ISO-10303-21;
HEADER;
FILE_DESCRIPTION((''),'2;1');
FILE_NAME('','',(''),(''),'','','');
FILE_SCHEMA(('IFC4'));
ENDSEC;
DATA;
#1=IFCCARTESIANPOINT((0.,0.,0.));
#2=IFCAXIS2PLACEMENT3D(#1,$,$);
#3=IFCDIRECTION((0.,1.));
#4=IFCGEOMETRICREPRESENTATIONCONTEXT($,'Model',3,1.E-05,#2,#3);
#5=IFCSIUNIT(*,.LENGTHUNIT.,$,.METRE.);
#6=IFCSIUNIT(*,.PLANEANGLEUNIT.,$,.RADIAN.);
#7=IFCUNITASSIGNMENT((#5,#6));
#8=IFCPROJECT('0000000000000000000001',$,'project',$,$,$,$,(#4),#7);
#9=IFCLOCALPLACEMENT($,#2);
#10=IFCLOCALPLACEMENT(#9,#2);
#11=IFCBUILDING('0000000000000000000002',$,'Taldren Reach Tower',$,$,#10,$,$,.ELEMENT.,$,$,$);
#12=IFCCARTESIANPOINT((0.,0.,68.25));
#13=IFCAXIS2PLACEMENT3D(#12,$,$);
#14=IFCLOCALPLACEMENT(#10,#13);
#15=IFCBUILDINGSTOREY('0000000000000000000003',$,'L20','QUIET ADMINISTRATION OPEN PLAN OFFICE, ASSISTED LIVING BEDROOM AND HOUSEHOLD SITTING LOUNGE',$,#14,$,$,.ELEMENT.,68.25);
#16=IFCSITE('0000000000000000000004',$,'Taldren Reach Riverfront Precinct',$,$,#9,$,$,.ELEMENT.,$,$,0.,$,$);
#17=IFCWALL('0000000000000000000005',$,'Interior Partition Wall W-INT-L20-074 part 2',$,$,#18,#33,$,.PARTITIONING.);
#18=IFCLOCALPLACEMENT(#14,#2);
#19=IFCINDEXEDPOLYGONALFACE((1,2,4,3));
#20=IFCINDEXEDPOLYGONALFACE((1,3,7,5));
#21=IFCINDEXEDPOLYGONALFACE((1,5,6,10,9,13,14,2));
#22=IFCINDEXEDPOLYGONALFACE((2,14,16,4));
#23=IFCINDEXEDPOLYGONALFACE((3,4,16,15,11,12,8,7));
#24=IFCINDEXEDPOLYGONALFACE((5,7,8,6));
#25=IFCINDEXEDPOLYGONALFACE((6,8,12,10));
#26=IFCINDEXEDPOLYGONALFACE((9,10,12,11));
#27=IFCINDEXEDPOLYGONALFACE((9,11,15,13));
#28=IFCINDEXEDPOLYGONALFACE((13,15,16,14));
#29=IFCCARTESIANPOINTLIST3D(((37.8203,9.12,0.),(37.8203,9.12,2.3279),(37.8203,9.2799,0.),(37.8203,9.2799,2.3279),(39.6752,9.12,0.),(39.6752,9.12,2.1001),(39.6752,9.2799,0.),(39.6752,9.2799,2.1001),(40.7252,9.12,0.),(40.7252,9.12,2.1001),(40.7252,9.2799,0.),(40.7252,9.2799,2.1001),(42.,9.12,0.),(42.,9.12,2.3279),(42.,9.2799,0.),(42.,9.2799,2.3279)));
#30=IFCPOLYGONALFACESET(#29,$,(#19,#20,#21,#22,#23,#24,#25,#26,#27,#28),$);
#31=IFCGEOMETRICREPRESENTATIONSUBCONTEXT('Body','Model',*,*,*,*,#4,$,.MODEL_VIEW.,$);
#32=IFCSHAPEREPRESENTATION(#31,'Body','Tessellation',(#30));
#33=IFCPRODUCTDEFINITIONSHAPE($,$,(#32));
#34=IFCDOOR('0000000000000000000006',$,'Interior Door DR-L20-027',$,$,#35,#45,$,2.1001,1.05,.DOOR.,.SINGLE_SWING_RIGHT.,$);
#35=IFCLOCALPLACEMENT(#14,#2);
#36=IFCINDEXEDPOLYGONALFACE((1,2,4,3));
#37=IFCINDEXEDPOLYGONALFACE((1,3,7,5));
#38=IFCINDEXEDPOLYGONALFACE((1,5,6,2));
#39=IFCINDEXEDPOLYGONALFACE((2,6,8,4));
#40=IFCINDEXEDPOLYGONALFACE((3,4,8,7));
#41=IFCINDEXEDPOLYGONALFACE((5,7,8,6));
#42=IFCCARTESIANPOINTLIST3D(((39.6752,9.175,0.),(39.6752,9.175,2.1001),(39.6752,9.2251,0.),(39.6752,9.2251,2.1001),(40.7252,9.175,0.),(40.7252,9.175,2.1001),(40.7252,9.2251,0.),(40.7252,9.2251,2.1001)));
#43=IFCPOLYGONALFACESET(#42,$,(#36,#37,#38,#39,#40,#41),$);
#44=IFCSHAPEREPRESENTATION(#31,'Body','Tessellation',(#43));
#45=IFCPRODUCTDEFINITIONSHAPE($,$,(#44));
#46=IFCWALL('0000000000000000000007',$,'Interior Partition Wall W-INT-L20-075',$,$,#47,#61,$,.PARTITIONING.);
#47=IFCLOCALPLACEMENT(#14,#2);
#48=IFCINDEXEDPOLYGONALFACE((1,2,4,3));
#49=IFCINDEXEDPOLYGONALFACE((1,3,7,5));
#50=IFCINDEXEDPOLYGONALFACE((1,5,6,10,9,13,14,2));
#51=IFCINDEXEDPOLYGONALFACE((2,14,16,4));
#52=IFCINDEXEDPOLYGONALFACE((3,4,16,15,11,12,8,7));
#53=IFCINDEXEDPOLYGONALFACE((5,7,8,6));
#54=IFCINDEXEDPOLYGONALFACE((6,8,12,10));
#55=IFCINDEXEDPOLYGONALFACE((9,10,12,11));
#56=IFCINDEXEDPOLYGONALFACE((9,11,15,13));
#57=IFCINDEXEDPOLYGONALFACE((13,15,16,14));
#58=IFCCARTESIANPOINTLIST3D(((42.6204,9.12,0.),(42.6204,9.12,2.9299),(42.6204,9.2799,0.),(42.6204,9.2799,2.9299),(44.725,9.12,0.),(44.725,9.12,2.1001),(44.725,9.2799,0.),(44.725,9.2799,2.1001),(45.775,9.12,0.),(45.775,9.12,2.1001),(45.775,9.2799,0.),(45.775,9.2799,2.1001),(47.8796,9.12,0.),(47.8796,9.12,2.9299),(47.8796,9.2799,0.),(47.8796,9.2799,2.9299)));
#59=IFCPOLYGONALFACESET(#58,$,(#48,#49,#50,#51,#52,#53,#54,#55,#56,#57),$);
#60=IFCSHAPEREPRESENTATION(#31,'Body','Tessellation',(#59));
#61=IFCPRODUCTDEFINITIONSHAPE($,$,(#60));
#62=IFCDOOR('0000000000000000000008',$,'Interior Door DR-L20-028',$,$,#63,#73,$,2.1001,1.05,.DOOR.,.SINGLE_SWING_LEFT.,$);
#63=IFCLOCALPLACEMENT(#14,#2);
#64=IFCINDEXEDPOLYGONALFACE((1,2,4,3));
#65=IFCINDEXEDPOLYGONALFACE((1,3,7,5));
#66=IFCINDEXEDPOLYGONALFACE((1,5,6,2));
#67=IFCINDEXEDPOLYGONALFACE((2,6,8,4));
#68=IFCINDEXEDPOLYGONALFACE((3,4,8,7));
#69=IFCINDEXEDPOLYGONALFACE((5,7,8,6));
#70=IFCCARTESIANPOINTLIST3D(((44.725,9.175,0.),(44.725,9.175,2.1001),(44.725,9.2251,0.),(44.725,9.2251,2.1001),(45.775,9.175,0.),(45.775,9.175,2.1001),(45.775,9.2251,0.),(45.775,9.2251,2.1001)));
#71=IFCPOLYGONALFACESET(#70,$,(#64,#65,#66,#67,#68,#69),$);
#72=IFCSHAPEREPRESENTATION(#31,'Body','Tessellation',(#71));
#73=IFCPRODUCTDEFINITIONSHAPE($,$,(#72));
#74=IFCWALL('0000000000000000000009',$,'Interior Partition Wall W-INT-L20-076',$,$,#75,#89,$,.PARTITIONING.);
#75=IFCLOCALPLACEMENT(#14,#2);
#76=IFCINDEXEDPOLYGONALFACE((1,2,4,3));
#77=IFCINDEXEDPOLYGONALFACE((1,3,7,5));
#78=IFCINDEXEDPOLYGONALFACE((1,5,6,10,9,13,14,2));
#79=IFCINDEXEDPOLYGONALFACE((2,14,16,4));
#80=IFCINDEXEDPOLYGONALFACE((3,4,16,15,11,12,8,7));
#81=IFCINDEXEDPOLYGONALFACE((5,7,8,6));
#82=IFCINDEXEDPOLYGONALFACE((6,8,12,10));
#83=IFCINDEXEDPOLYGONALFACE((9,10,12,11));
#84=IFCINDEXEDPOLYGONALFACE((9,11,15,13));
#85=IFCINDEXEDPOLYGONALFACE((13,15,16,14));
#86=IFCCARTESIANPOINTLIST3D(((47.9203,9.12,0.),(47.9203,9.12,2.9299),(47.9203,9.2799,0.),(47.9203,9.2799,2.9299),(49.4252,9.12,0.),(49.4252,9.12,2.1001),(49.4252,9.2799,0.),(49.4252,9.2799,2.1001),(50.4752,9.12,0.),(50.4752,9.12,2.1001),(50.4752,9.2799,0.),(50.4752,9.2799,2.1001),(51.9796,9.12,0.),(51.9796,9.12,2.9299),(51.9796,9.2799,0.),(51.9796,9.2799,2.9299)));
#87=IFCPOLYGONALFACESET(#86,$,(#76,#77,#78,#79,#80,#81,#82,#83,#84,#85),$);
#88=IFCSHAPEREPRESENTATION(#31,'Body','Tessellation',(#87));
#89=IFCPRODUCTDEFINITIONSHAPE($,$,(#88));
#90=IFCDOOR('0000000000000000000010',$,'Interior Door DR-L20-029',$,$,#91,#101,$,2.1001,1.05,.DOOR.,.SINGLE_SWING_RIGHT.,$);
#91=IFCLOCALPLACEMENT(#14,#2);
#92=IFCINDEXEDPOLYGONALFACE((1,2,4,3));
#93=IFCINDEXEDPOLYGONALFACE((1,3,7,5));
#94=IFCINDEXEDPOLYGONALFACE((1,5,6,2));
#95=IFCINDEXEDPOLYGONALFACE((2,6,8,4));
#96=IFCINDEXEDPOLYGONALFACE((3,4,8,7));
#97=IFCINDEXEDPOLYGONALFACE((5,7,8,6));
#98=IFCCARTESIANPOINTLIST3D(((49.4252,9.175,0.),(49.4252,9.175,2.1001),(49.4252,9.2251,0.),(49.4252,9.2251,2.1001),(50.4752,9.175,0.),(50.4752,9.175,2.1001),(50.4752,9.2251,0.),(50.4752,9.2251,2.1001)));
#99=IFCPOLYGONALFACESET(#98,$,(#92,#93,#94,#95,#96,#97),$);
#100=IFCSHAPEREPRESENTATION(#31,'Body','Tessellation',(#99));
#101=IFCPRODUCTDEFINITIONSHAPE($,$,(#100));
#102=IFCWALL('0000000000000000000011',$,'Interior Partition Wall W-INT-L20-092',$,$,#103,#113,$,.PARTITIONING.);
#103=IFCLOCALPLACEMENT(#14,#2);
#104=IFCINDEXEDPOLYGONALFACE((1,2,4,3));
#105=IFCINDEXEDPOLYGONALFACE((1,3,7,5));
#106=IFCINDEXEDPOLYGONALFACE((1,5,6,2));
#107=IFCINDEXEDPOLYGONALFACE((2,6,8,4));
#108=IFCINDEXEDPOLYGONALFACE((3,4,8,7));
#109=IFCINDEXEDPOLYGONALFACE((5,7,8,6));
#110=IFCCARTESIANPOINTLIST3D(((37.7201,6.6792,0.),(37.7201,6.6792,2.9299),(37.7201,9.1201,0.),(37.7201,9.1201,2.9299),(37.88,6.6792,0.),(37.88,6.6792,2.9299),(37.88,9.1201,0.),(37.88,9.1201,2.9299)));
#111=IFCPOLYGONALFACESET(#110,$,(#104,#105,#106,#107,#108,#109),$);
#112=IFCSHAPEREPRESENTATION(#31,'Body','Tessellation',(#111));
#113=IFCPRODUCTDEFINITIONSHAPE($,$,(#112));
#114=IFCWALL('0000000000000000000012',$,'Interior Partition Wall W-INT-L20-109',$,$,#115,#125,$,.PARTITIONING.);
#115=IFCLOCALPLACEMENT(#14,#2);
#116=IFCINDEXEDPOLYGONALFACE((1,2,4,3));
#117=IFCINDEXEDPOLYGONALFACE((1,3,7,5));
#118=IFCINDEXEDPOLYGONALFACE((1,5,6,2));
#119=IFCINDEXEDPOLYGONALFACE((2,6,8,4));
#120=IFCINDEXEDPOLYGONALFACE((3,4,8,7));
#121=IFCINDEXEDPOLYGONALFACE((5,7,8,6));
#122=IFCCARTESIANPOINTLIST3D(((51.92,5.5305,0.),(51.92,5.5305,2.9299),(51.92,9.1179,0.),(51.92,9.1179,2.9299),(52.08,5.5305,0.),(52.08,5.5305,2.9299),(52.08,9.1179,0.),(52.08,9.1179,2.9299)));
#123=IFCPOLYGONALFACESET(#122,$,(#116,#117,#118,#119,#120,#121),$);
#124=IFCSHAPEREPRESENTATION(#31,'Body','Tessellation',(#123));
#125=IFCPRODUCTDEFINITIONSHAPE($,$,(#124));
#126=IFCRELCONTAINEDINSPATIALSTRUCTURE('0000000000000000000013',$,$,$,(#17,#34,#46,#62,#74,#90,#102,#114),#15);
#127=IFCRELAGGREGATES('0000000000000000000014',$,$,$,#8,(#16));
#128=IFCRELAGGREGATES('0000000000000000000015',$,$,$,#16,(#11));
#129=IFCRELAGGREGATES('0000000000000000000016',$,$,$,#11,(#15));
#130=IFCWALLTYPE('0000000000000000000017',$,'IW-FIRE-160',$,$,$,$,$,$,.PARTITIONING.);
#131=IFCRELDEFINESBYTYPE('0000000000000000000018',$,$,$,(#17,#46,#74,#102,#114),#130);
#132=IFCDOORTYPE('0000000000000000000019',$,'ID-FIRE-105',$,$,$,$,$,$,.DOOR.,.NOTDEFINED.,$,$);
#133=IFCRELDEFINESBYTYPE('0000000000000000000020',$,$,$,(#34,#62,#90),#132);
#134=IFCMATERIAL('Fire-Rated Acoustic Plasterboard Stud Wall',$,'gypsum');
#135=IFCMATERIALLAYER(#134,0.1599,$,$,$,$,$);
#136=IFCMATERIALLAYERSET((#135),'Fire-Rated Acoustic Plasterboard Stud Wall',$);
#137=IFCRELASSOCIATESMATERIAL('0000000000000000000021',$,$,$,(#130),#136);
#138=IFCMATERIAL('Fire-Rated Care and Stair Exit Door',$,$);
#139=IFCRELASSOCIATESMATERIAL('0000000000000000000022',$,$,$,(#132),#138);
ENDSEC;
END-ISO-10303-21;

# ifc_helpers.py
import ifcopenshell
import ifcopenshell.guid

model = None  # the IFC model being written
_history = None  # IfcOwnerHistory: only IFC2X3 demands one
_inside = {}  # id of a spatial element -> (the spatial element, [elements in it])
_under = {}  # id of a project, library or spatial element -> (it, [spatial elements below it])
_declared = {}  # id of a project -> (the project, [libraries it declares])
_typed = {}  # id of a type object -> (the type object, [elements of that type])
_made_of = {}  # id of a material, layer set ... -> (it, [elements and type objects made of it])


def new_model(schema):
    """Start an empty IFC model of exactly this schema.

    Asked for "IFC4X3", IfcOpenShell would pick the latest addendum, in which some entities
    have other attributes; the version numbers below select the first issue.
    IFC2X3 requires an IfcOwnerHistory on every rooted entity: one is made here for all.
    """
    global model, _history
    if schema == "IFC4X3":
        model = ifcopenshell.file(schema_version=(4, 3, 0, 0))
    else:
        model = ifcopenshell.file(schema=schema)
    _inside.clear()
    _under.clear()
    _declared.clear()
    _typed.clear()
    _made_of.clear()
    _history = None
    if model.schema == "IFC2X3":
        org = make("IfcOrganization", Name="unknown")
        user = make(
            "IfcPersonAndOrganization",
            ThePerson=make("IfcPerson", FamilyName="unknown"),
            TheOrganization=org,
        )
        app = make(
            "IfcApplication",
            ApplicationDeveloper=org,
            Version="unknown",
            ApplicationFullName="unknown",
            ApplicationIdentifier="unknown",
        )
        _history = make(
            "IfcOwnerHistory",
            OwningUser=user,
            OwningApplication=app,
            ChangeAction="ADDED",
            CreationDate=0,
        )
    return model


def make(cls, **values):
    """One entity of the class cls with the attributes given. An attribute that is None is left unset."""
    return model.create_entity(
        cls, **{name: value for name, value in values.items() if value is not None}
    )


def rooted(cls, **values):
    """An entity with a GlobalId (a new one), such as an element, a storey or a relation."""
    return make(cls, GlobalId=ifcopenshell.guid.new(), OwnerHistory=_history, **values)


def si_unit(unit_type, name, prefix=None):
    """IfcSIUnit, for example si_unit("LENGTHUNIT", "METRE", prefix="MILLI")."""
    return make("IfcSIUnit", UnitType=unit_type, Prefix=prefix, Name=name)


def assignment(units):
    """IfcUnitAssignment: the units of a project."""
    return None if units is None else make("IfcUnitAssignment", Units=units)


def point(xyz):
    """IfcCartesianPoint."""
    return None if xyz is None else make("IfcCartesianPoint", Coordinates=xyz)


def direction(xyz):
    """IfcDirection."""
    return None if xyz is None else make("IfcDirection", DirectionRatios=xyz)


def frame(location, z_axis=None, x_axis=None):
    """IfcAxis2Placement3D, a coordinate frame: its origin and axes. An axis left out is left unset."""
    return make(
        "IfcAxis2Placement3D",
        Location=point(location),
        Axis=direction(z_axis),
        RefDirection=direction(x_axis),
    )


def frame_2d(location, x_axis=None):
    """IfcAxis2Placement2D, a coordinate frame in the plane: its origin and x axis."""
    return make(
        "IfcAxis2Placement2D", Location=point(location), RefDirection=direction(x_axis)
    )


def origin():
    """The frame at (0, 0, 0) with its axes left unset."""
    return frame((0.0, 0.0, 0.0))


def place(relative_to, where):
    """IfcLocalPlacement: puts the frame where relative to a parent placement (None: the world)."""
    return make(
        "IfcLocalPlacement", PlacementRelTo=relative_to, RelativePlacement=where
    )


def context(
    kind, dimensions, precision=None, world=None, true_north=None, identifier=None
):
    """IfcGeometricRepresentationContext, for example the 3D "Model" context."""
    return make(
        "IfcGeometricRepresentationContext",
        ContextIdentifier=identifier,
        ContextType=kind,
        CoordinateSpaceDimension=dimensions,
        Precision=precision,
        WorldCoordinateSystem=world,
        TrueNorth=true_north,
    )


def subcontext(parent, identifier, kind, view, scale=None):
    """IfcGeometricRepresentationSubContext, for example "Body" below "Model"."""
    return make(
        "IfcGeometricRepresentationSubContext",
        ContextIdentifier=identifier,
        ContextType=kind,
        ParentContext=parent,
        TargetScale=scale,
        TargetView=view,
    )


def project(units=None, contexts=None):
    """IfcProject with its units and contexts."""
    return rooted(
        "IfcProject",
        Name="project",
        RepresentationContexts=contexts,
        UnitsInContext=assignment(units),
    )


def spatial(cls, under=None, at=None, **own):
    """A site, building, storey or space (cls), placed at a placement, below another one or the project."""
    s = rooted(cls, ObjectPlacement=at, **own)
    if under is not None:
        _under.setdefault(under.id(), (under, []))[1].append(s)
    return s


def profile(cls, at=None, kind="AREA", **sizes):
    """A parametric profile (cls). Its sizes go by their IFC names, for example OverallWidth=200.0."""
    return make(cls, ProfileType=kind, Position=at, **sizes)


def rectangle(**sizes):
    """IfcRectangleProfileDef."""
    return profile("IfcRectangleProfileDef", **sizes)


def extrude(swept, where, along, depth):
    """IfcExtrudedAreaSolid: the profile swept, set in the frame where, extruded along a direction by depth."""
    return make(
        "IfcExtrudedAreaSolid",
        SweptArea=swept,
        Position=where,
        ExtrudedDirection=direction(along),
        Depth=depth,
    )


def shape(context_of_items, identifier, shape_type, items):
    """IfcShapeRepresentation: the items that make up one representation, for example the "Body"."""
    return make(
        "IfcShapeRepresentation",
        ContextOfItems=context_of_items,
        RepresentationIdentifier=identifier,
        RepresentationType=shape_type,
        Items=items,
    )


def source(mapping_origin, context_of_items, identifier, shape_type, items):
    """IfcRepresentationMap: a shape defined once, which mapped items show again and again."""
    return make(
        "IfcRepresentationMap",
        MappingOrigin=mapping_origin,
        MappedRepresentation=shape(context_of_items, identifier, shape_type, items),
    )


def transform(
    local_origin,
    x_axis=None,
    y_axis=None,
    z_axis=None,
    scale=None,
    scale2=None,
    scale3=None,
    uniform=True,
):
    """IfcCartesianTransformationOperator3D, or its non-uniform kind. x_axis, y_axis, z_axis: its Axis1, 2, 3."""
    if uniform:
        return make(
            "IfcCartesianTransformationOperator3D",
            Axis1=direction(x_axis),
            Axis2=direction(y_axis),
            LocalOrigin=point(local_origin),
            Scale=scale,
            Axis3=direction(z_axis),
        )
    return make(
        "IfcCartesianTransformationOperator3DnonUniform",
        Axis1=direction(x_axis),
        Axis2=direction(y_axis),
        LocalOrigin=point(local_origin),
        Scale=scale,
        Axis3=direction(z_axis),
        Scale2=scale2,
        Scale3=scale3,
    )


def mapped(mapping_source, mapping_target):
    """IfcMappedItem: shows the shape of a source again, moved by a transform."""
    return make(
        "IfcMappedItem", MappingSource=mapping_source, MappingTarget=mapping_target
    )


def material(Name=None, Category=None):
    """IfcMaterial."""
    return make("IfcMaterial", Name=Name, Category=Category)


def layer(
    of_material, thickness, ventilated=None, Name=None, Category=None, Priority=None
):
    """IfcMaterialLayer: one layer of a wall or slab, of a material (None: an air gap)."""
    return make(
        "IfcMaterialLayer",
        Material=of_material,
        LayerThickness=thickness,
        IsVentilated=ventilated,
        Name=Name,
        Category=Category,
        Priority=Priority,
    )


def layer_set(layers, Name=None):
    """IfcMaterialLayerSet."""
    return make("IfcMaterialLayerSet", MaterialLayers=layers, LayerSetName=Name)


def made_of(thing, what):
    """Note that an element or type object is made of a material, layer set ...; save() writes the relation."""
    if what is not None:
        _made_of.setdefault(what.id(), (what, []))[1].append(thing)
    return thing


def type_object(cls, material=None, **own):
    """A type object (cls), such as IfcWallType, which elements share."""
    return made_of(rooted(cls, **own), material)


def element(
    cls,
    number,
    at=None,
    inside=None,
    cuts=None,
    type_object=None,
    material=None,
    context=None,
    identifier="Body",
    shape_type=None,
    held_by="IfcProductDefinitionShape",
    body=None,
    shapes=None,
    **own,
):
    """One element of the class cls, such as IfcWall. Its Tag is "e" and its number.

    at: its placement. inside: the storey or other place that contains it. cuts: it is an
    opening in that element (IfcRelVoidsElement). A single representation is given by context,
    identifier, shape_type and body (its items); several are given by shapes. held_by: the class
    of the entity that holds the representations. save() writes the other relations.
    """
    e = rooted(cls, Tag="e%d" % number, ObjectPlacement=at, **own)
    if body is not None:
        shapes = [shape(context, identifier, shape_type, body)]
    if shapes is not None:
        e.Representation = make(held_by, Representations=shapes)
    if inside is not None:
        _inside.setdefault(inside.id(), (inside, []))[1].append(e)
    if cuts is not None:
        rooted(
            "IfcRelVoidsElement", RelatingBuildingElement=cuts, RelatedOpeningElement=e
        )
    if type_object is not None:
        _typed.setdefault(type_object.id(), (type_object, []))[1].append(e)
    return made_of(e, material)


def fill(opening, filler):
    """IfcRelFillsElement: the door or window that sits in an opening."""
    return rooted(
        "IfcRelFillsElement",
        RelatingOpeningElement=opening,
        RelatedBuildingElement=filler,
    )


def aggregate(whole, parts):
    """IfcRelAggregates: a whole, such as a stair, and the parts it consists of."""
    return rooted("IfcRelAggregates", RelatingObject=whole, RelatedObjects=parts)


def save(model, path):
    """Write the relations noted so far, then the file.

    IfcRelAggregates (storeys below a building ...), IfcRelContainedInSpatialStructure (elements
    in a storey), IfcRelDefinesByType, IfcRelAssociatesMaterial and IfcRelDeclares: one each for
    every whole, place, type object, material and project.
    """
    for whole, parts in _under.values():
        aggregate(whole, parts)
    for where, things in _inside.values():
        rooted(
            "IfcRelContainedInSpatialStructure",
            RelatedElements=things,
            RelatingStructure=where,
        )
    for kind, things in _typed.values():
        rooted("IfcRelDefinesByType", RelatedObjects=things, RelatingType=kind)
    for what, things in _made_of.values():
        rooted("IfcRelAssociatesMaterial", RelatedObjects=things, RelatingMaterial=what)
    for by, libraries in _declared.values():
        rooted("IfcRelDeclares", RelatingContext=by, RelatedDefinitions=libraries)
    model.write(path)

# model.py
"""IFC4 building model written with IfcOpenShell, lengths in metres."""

from ifc_helpers import new_model, si_unit, direction, frame, frame_2d, origin, place, context, subcontext, project, spatial, rectangle, extrude, source, transform, mapped, material, layer, layer_set, type_object, element, fill, save


model = new_model("IFC4")

# Units and contexts
model_context = context("Model", 3, precision=1e-05, world=origin(), true_north=direction((0.0, 1.0)))
body_context = subcontext(model_context, "Body", "Model", "MODEL_VIEW")
ifc_project = project(units=[si_unit("LENGTHUNIT", "METRE"), si_unit("PLANEANGLEUNIT", "RADIAN")], contexts=[model_context])

# Site, building, storey
site_placement = place(None, origin())
site = spatial("IfcSite", under=ifc_project, at=site_placement, Name="Taldren Reach Riverfront Precinct", CompositionType="ELEMENT", RefElevation=0.0)
building_placement = place(site_placement, origin())
building = spatial("IfcBuilding", under=site, at=building_placement, Name="Taldren Reach Tower", CompositionType="ELEMENT")
storey_placement = place(building_placement, frame((0.0, 0.0, 68.25)))
storey = spatial("IfcBuildingStorey", under=building, at=storey_placement, Name="L20", Description="QUIET ADMINISTRATION OPEN PLAN OFFICE, ASSISTED LIVING BEDROOM AND HOUSEHOLD SITTING LOUNGE", CompositionType="ELEMENT", Elevation=68.25)

# Shared definitions
ifc_material_1 = material(Name="Fire-Rated Acoustic Plasterboard Stud Wall", Category="gypsum")
ifc_layer_1 = layer(ifc_material_1, 0.1599)
ifc_layer_set_1 = layer_set([ifc_layer_1], Name="Fire-Rated Acoustic Plasterboard Stud Wall")
wall_type_1 = type_object("IfcWallType", Name="IW-FIRE-160", PredefinedType="PARTITIONING", material=ifc_layer_set_1)
shared_shape_1 = source(origin(), body_context, "Body", "SweptSolid", [
    extrude(rectangle(XDim=1.05, YDim=2.1001, at=frame_2d((0.5249, 1.05))), frame((0.0, 0.0898, 0.0), z_axis=(0.0, -1.0, 0.0), x_axis=(1.0, 0.0, 0.0)), (0.0, 0.0, 1.0), 0.1799),
])
ifc_material_2 = material(Name="Fire-Rated Care and Stair Exit Door")
door_type_1 = type_object("IfcDoorType", Name="ID-FIRE-105", OperationType="NOTDEFINED", PredefinedType="DOOR", material=ifc_material_2)
shared_shape_2 = source(origin(), body_context, "Body", "SweptSolid", [
    extrude(rectangle(XDim=1.05, YDim=2.1001, at=frame_2d((0.5249, 1.05))), frame((0.0, 0.0249, 0.0), z_axis=(0.0, -1.0, 0.0), x_axis=(1.0, 0.0, 0.0)), (0.0, 0.0, 1.0), 0.05),
])

# Walls, openings, doors
shared_shape_3 = source(origin(), body_context, "Body", "SweptSolid", [
    extrude(rectangle(XDim=4.1797, YDim=0.1599, at=frame_2d((2.0898, 0.0))), origin(), (0.0, 0.0, 1.0), 2.3279),
])
wall_1_placement = place(storey_placement, frame((42.0, 9.2, 0.0), z_axis=(0.0, 0.0, 1.0), x_axis=(-1.0, 0.0, 0.0)))
wall_1 = element("IfcWall", 1, at=wall_1_placement, inside=storey, type_object=wall_type_1, Name="Interior Partition Wall W-INT-L20-074 part 2", PredefinedType="PARTITIONING", context=body_context, shape_type="MappedRepresentation", body=[
    mapped(shared_shape_3, transform((0.0, 0.0, 0.0), scale=1.0)),
])
opening_1_placement = place(wall_1_placement, frame((1.2749, 0.0, 0.0)))
opening_1 = element("IfcOpeningElement", 2, at=opening_1_placement, cuts=wall_1, PredefinedType="OPENING", context=body_context, shape_type="MappedRepresentation", body=[
    mapped(shared_shape_1, transform((0.0, 0.0, 0.0), scale=1.0)),
])
door_1_placement = place(opening_1_placement, origin())
door_1 = element("IfcDoor", 3, at=door_1_placement, inside=storey, type_object=door_type_1, Name="Interior Door DR-L20-027", OperationType="SINGLE_SWING_RIGHT", OverallHeight=2.1001, OverallWidth=1.05, PredefinedType="DOOR", context=body_context, shape_type="MappedRepresentation", body=[
    mapped(shared_shape_2, transform((0.0, 0.0, 0.0), scale=1.0)),
])
fill(opening_1, door_1)
shared_shape_4 = source(origin(), body_context, "Body", "SweptSolid", [
    extrude(rectangle(XDim=5.2593, YDim=0.1599, at=frame_2d((2.6296, 0.0))), origin(), (0.0, 0.0, 1.0), 2.9299),
])
wall_2_placement = place(storey_placement, frame((47.8796, 9.2, 0.0), z_axis=(0.0, 0.0, 1.0), x_axis=(-1.0, 0.0, 0.0)))
wall_2 = element("IfcWall", 4, at=wall_2_placement, inside=storey, type_object=wall_type_1, Name="Interior Partition Wall W-INT-L20-075", PredefinedType="PARTITIONING", context=body_context, shape_type="MappedRepresentation", body=[
    mapped(shared_shape_4, transform((0.0, 0.0, 0.0), scale=1.0)),
])
opening_2_placement = place(wall_2_placement, frame((2.1047, 0.0, 0.0)))
opening_2 = element("IfcOpeningElement", 5, at=opening_2_placement, cuts=wall_2, PredefinedType="OPENING", context=body_context, shape_type="MappedRepresentation", body=[
    mapped(shared_shape_1, transform((0.0, 0.0, 0.0), scale=1.0)),
])
door_2_placement = place(opening_2_placement, origin())
door_2 = element("IfcDoor", 6, at=door_2_placement, inside=storey, type_object=door_type_1, Name="Interior Door DR-L20-028", OperationType="SINGLE_SWING_LEFT", OverallHeight=2.1001, OverallWidth=1.05, PredefinedType="DOOR", context=body_context, shape_type="MappedRepresentation", body=[
    mapped(shared_shape_2, transform((0.0, 0.0, 0.0), scale=1.0)),
])
fill(opening_2, door_2)
shared_shape_5 = source(origin(), body_context, "Body", "SweptSolid", [
    extrude(rectangle(XDim=4.0593, YDim=0.1599, at=frame_2d((2.0298, 0.0))), origin(), (0.0, 0.0, 1.0), 2.9299),
])
wall_3_placement = place(storey_placement, frame((51.9797, 9.2, 0.0), z_axis=(0.0, 0.0, 1.0), x_axis=(-1.0, 0.0, 0.0)))
wall_3 = element("IfcWall", 7, at=wall_3_placement, inside=storey, type_object=wall_type_1, Name="Interior Partition Wall W-INT-L20-076", PredefinedType="PARTITIONING", context=body_context, shape_type="MappedRepresentation", body=[
    mapped(shared_shape_5, transform((0.0, 0.0, 0.0), scale=1.0)),
])
opening_3_placement = place(wall_3_placement, frame((1.5046, 0.0, 0.0)))
opening_3 = element("IfcOpeningElement", 8, at=opening_3_placement, cuts=wall_3, PredefinedType="OPENING", context=body_context, shape_type="MappedRepresentation", body=[
    mapped(shared_shape_1, transform((0.0, 0.0, 0.0), scale=1.0)),
])
door_3_placement = place(opening_3_placement, origin())
door_3 = element("IfcDoor", 9, at=door_3_placement, inside=storey, type_object=door_type_1, Name="Interior Door DR-L20-029", OperationType="SINGLE_SWING_RIGHT", OverallHeight=2.1001, OverallWidth=1.05, PredefinedType="DOOR", context=body_context, shape_type="MappedRepresentation", body=[
    mapped(shared_shape_2, transform((0.0, 0.0, 0.0), scale=1.0)),
])
fill(opening_3, door_3)

# Walls
shared_shape_6 = source(origin(), body_context, "Body", "SweptSolid", [
    extrude(rectangle(XDim=2.4409, YDim=0.1599, at=frame_2d((1.2205, 0.0))), origin(), (0.0, 0.0, 1.0), 2.9299),
])
wall_4_placement = place(storey_placement, frame((37.8, 9.1201, 0.0), z_axis=(0.0, 0.0, 1.0), x_axis=(0.0, -1.0, 0.0)))
element("IfcWall", 10, at=wall_4_placement, inside=storey, type_object=wall_type_1, Name="Interior Partition Wall W-INT-L20-092", PredefinedType="PARTITIONING", context=body_context, shape_type="MappedRepresentation", body=[
    mapped(shared_shape_6, transform((0.0, 0.0, 0.0), scale=1.0)),
])
shared_shape_7 = source(origin(), body_context, "Body", "SweptSolid", [
    extrude(rectangle(XDim=3.5874, YDim=0.1599, at=frame_2d((1.7937, 0.0))), origin(), (0.0, 0.0, 1.0), 2.9299),
])
wall_5_placement = place(storey_placement, frame((52.0, 9.1179, 0.0), z_axis=(0.0, 0.0, 1.0), x_axis=(0.0, -1.0, 0.0)))
element("IfcWall", 11, at=wall_5_placement, inside=storey, type_object=wall_type_1, Name="Interior Partition Wall W-INT-L20-109", PredefinedType="PARTITIONING", context=body_context, shape_type="MappedRepresentation", body=[
    mapped(shared_shape_7, transform((0.0, 0.0, 0.0), scale=1.0)),
])

save(model, "model.ifc")
